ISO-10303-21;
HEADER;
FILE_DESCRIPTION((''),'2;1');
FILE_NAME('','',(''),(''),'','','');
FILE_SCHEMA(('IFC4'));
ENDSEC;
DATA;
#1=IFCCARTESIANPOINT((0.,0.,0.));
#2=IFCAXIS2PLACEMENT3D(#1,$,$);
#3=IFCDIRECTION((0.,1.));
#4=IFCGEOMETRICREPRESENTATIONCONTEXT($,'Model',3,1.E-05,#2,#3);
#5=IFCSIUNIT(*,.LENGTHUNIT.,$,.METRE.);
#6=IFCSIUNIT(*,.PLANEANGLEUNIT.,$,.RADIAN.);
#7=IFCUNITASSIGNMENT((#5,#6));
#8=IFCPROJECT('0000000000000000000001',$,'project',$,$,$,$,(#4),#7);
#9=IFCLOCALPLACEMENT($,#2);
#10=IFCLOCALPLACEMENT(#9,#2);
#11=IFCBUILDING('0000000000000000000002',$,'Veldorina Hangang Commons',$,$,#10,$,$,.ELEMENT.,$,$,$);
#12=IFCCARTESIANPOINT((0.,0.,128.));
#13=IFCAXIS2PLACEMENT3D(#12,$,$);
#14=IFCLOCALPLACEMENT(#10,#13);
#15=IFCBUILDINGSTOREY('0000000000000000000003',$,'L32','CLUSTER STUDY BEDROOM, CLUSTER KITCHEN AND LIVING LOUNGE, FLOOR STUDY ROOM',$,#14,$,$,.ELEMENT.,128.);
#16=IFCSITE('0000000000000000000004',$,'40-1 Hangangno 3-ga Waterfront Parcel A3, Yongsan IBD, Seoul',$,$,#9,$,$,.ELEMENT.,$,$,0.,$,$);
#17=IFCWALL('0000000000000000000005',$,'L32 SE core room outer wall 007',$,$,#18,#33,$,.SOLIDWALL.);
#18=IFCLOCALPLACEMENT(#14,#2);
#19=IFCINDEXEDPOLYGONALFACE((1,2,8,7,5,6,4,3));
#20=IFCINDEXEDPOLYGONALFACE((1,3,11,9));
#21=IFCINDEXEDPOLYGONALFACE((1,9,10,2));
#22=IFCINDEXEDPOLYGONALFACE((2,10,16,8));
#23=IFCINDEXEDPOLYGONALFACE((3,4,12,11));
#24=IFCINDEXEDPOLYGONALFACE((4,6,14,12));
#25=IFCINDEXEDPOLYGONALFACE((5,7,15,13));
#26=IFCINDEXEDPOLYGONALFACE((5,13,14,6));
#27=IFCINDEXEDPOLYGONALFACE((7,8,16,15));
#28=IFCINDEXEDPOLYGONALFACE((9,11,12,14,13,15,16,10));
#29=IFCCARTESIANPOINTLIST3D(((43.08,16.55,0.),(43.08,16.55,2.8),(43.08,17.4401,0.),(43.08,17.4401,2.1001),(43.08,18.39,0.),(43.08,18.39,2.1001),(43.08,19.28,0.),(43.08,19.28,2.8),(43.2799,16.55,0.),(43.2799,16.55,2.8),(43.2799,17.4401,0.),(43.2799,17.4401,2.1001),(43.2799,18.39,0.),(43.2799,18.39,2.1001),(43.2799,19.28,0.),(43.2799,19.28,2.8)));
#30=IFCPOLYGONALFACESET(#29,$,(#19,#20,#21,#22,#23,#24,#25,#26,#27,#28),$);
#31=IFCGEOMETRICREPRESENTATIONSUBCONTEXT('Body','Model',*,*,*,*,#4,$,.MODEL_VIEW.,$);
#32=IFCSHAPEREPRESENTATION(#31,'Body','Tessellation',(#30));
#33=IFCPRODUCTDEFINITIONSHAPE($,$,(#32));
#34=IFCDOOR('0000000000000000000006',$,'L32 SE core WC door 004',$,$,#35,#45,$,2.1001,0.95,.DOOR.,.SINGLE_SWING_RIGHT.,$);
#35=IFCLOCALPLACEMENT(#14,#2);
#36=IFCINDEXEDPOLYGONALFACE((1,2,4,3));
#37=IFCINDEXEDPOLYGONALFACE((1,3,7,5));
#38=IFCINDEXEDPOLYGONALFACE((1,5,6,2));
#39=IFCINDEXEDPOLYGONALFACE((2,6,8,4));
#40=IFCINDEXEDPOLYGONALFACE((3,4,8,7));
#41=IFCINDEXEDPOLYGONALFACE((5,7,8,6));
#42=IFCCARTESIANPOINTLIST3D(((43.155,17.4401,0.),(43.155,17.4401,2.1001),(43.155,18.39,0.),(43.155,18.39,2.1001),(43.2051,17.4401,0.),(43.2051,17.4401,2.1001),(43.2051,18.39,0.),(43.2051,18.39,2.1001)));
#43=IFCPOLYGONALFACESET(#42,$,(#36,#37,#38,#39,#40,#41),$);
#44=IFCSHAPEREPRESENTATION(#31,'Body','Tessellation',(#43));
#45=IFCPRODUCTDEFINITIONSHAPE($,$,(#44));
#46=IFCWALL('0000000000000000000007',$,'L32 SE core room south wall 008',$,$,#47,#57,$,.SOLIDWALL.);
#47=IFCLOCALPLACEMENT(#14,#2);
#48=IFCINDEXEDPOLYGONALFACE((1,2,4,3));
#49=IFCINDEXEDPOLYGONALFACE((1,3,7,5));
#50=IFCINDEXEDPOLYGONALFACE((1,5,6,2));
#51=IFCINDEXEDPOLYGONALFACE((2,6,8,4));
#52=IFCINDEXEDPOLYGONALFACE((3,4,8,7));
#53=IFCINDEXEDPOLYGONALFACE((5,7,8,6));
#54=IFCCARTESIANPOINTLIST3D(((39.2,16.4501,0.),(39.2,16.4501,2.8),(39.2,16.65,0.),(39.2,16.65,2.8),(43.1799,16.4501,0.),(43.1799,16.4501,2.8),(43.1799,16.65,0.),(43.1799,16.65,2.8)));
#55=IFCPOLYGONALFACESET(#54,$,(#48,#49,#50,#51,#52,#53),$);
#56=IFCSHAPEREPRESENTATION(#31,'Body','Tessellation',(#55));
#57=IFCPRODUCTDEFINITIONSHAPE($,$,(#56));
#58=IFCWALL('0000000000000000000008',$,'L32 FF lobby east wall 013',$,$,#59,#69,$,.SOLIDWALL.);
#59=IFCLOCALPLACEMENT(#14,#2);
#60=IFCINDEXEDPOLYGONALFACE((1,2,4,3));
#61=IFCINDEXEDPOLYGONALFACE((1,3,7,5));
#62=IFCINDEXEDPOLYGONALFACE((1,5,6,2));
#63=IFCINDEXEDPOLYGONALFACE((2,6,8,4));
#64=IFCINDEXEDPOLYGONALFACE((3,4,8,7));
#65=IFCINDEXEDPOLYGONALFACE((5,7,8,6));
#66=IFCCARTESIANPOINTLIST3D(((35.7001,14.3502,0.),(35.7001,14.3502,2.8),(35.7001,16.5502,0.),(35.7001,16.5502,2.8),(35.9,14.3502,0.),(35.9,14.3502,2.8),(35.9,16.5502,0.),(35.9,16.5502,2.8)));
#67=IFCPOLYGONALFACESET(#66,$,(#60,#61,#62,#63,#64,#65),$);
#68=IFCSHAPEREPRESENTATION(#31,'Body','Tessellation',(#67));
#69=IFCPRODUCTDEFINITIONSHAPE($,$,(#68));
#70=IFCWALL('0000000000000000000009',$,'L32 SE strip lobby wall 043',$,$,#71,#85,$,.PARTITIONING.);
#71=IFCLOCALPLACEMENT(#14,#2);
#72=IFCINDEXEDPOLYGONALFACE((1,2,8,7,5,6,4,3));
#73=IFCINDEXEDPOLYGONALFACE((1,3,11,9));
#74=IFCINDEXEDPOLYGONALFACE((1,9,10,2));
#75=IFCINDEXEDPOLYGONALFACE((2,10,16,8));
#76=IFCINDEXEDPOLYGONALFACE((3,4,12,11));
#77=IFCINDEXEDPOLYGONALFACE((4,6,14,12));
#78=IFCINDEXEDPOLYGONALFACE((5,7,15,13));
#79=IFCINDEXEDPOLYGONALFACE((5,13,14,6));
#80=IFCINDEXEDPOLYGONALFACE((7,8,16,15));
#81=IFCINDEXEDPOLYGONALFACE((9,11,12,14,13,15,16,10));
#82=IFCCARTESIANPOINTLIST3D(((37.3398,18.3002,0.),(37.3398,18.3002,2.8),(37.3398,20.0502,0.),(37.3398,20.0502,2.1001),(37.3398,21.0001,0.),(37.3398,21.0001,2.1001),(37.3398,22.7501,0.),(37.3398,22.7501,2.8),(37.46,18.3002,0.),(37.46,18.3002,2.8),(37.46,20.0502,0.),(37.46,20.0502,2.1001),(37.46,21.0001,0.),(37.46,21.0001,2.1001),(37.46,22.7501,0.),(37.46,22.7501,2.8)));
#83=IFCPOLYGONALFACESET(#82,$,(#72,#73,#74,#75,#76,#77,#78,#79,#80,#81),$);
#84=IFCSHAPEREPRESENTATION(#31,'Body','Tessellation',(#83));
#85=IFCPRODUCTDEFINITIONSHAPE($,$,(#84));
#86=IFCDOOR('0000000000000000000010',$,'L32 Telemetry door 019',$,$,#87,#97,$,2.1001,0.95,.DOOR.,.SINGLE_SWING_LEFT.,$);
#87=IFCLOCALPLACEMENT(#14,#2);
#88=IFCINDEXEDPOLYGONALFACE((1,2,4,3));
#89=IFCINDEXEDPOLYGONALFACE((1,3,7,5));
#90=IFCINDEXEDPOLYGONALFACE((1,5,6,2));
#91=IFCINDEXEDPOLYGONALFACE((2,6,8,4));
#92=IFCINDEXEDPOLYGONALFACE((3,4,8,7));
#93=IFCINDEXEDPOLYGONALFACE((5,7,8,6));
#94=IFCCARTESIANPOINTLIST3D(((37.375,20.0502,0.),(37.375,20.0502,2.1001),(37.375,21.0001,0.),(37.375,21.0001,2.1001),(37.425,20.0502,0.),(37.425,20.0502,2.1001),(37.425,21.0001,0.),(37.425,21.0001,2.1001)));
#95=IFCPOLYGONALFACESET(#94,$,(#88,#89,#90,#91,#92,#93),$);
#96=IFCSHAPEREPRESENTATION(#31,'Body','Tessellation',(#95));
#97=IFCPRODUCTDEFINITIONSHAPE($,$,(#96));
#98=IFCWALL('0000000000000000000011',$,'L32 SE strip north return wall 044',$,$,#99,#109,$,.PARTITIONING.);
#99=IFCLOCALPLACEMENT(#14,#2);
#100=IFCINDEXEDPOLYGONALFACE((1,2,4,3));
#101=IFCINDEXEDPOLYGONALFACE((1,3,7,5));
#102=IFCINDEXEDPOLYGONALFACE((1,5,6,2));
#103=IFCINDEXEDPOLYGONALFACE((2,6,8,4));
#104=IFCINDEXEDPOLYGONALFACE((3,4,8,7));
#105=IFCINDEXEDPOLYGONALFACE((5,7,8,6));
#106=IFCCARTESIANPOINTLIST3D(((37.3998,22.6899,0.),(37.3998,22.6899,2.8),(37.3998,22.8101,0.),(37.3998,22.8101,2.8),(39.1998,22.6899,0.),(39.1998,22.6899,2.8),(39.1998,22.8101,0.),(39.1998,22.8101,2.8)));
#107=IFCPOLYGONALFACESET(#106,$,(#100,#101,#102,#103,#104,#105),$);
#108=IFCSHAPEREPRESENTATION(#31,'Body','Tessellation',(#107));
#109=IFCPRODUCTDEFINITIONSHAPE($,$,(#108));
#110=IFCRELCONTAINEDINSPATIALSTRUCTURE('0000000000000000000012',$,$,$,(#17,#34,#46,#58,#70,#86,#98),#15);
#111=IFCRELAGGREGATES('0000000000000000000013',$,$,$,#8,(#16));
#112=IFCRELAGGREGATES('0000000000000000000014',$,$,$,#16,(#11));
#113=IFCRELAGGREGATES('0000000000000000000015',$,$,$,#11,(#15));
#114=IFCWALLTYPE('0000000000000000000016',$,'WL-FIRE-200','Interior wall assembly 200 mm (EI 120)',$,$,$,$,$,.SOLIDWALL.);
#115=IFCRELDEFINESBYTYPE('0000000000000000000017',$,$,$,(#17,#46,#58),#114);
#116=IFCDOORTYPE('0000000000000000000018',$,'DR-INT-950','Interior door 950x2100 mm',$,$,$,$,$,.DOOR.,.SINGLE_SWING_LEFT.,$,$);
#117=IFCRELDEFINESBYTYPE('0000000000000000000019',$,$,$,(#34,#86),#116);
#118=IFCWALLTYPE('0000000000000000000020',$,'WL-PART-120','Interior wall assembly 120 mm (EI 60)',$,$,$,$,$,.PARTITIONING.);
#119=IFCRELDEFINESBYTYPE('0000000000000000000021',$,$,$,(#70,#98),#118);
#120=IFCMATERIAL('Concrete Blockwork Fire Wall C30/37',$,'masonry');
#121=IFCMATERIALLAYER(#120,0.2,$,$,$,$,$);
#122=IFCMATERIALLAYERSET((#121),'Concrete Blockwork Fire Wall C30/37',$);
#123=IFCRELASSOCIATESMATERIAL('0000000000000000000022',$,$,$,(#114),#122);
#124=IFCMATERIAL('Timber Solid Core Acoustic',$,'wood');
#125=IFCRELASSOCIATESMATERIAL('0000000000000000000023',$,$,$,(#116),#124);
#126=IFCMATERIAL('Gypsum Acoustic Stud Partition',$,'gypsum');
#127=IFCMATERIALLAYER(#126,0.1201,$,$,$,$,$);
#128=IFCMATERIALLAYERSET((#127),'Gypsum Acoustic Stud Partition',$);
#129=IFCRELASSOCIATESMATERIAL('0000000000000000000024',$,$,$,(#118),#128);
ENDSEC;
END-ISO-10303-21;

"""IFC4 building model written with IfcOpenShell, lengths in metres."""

from ifc_helpers import new_model, si_unit, direction, frame, frame_2d, origin, place, context, subcontext, project, spatial, rectangle, extrude, material, layer, layer_set, type_object, element, fill, save


model = new_model("IFC4")

# Units and contexts
model_context = context("Model", 3, precision=1e-05, world=origin(), true_north=direction((0.0, 1.0)))
body_context = subcontext(model_context, "Body", "Model", "MODEL_VIEW")
ifc_project = project(units=[si_unit("LENGTHUNIT", "METRE"), si_unit("PLANEANGLEUNIT", "RADIAN")], contexts=[model_context])

# Site, building, storey
site_placement = place(None, origin())
site = spatial("IfcSite", under=ifc_project, at=site_placement, Name="40-1 Hangangno 3-ga Waterfront Parcel A3, Yongsan IBD, Seoul", CompositionType="ELEMENT", RefElevation=0.0)
building_placement = place(site_placement, origin())
building = spatial("IfcBuilding", under=site, at=building_placement, Name="Veldorina Hangang Commons", CompositionType="ELEMENT")
storey_placement = place(building_placement, frame((0.0, 0.0, 128.0)))
storey = spatial("IfcBuildingStorey", under=building, at=storey_placement, Name="L32", Description="CLUSTER STUDY BEDROOM, CLUSTER KITCHEN AND LIVING LOUNGE, FLOOR STUDY ROOM", CompositionType="ELEMENT", Elevation=128.0)

# Wall, opening, door
ifc_material_1 = material(Name="Concrete Blockwork Fire Wall C30/37", Category="masonry")
ifc_layer_1 = layer(ifc_material_1, 0.2)
ifc_layer_set_1 = layer_set([ifc_layer_1], Name="Concrete Blockwork Fire Wall C30/37")
wall_type_1 = type_object("IfcWallType", Name="WL-FIRE-200", Description="Interior wall assembly 200 mm (EI 120)", PredefinedType="SOLIDWALL", material=ifc_layer_set_1)
wall_1_placement = place(storey_placement, frame((43.1799, 16.55, 0.0), z_axis=(0.0, 0.0, 1.0), x_axis=(0.0, 1.0, 0.0)))
wall_1 = element("IfcWall", 1, at=wall_1_placement, inside=storey, type_object=wall_type_1, Name="L32 SE core room outer wall 007", PredefinedType="SOLIDWALL", context=body_context, shape_type="SweptSolid", body=[
    extrude(rectangle(XDim=2.73, YDim=0.2, at=frame_2d((1.365, 0.0))), origin(), (0.0, 0.0, 1.0), 2.8),
])
opening_1_placement = place(wall_1_placement, frame((0.8899, 0.0, 0.0)))
opening_1 = element("IfcOpeningElement", 2, at=opening_1_placement, cuts=wall_1, PredefinedType="OPENING", context=body_context, shape_type="SweptSolid", body=[
    extrude(rectangle(XDim=0.95, YDim=2.1001, at=frame_2d((0.4751, 1.05))), frame((0.0, 0.1099, 0.0), z_axis=(0.0, -1.0, 0.0), x_axis=(1.0, 0.0, 0.0)), (0.0, 0.0, 1.0), 0.22),
])
ifc_material_2 = material(Name="Timber Solid Core Acoustic", Category="wood")
door_type_1 = type_object("IfcDoorType", Name="DR-INT-950", Description="Interior door 950x2100 mm", OperationType="SINGLE_SWING_LEFT", PredefinedType="DOOR", material=ifc_material_2)
door_1_placement = place(opening_1_placement, origin())
door_1 = element("IfcDoor", 3, at=door_1_placement, inside=storey, type_object=door_type_1, Name="L32 SE core WC door 004", OperationType="SINGLE_SWING_RIGHT", OverallHeight=2.1001, OverallWidth=0.95, PredefinedType="DOOR", context=body_context, shape_type="SweptSolid", body=[
    extrude(rectangle(XDim=0.95, YDim=2.1001, at=frame_2d((0.4751, 1.05))), frame((0.0, 0.0249, 0.0), z_axis=(0.0, -1.0, 0.0), x_axis=(1.0, 0.0, 0.0)), (0.0, 0.0, 1.0), 0.05),
])
fill(opening_1, door_1)

# Walls
wall_2_placement = place(storey_placement, frame((39.2, 16.55, 0.0), z_axis=(0.0, 0.0, 1.0), x_axis=(1.0, 0.0, 0.0)))
element("IfcWall", 4, at=wall_2_placement, inside=storey, type_object=wall_type_1, Name="L32 SE core room south wall 008", PredefinedType="SOLIDWALL", context=body_context, shape_type="SweptSolid", body=[
    extrude(rectangle(XDim=3.98, YDim=0.2, at=frame_2d((1.99, 0.0))), origin(), (0.0, 0.0, 1.0), 2.8),
])
wall_3_placement = place(storey_placement, frame((35.8, 14.3501, 0.0), z_axis=(0.0, 0.0, 1.0), x_axis=(0.0, 1.0, 0.0)))
element("IfcWall", 5, at=wall_3_placement, inside=storey, type_object=wall_type_1, Name="L32 FF lobby east wall 013", PredefinedType="SOLIDWALL", context=body_context, shape_type="SweptSolid", body=[
    extrude(rectangle(XDim=2.2, YDim=0.2, at=frame_2d((1.1001, 0.0))), origin(), (0.0, 0.0, 1.0), 2.8),
])

# Wall, opening, door
ifc_material_3 = material(Name="Gypsum Acoustic Stud Partition", Category="gypsum")
ifc_layer_2 = layer(ifc_material_3, 0.1201)
ifc_layer_set_2 = layer_set([ifc_layer_2], Name="Gypsum Acoustic Stud Partition")
wall_type_2 = type_object("IfcWallType", Name="WL-PART-120", Description="Interior wall assembly 120 mm (EI 60)", PredefinedType="PARTITIONING", material=ifc_layer_set_2)
wall_4_placement = place(storey_placement, frame((37.3999, 18.3, 0.0), z_axis=(0.0, 0.0, 1.0), x_axis=(0.0, 1.0, 0.0)))
wall_4 = element("IfcWall", 6, at=wall_4_placement, inside=storey, type_object=wall_type_2, Name="L32 SE strip lobby wall 043", PredefinedType="PARTITIONING", context=body_context, shape_type="SweptSolid", body=[
    extrude(rectangle(XDim=4.45, YDim=0.1201, at=frame_2d((2.2251, 0.0))), origin(), (0.0, 0.0, 1.0), 2.8),
])
opening_2_placement = place(wall_4_placement, frame((1.75, 0.0, 0.0)))
opening_2 = element("IfcOpeningElement", 7, at=opening_2_placement, cuts=wall_4, PredefinedType="OPENING", context=body_context, shape_type="SweptSolid", body=[
    extrude(rectangle(XDim=0.95, YDim=2.1001, at=frame_2d((0.4751, 1.05))), frame((0.0, 0.0701, 0.0), z_axis=(0.0, -1.0, 0.0), x_axis=(1.0, 0.0, 0.0)), (0.0, 0.0, 1.0), 0.1401),
])
door_2_placement = place(opening_2_placement, origin())
door_2 = element("IfcDoor", 8, at=door_2_placement, inside=storey, type_object=door_type_1, Name="L32 Telemetry door 019", OperationType="SINGLE_SWING_LEFT", OverallHeight=2.1001, OverallWidth=0.95, PredefinedType="DOOR", context=body_context, shape_type="SweptSolid", body=[
    extrude(rectangle(XDim=0.95, YDim=2.1001, at=frame_2d((0.4751, 1.05))), frame((0.0, 0.0249, 0.0), z_axis=(0.0, -1.0, 0.0), x_axis=(1.0, 0.0, 0.0)), (0.0, 0.0, 1.0), 0.05),
])
fill(opening_2, door_2)

# Wall
wall_5_placement = place(storey_placement, frame((37.3999, 22.75, 0.0), z_axis=(0.0, 0.0, 1.0), x_axis=(1.0, 0.0, 0.0)))
element("IfcWall", 9, at=wall_5_placement, inside=storey, type_object=wall_type_2, Name="L32 SE strip north return wall 044", PredefinedType="PARTITIONING", context=body_context, shape_type="SweptSolid", body=[
    extrude(rectangle(XDim=1.8, YDim=0.1201, at=frame_2d((0.8999, 0.0))), origin(), (0.0, 0.0, 1.0), 2.8),
])

save(model, "model.ifc")
